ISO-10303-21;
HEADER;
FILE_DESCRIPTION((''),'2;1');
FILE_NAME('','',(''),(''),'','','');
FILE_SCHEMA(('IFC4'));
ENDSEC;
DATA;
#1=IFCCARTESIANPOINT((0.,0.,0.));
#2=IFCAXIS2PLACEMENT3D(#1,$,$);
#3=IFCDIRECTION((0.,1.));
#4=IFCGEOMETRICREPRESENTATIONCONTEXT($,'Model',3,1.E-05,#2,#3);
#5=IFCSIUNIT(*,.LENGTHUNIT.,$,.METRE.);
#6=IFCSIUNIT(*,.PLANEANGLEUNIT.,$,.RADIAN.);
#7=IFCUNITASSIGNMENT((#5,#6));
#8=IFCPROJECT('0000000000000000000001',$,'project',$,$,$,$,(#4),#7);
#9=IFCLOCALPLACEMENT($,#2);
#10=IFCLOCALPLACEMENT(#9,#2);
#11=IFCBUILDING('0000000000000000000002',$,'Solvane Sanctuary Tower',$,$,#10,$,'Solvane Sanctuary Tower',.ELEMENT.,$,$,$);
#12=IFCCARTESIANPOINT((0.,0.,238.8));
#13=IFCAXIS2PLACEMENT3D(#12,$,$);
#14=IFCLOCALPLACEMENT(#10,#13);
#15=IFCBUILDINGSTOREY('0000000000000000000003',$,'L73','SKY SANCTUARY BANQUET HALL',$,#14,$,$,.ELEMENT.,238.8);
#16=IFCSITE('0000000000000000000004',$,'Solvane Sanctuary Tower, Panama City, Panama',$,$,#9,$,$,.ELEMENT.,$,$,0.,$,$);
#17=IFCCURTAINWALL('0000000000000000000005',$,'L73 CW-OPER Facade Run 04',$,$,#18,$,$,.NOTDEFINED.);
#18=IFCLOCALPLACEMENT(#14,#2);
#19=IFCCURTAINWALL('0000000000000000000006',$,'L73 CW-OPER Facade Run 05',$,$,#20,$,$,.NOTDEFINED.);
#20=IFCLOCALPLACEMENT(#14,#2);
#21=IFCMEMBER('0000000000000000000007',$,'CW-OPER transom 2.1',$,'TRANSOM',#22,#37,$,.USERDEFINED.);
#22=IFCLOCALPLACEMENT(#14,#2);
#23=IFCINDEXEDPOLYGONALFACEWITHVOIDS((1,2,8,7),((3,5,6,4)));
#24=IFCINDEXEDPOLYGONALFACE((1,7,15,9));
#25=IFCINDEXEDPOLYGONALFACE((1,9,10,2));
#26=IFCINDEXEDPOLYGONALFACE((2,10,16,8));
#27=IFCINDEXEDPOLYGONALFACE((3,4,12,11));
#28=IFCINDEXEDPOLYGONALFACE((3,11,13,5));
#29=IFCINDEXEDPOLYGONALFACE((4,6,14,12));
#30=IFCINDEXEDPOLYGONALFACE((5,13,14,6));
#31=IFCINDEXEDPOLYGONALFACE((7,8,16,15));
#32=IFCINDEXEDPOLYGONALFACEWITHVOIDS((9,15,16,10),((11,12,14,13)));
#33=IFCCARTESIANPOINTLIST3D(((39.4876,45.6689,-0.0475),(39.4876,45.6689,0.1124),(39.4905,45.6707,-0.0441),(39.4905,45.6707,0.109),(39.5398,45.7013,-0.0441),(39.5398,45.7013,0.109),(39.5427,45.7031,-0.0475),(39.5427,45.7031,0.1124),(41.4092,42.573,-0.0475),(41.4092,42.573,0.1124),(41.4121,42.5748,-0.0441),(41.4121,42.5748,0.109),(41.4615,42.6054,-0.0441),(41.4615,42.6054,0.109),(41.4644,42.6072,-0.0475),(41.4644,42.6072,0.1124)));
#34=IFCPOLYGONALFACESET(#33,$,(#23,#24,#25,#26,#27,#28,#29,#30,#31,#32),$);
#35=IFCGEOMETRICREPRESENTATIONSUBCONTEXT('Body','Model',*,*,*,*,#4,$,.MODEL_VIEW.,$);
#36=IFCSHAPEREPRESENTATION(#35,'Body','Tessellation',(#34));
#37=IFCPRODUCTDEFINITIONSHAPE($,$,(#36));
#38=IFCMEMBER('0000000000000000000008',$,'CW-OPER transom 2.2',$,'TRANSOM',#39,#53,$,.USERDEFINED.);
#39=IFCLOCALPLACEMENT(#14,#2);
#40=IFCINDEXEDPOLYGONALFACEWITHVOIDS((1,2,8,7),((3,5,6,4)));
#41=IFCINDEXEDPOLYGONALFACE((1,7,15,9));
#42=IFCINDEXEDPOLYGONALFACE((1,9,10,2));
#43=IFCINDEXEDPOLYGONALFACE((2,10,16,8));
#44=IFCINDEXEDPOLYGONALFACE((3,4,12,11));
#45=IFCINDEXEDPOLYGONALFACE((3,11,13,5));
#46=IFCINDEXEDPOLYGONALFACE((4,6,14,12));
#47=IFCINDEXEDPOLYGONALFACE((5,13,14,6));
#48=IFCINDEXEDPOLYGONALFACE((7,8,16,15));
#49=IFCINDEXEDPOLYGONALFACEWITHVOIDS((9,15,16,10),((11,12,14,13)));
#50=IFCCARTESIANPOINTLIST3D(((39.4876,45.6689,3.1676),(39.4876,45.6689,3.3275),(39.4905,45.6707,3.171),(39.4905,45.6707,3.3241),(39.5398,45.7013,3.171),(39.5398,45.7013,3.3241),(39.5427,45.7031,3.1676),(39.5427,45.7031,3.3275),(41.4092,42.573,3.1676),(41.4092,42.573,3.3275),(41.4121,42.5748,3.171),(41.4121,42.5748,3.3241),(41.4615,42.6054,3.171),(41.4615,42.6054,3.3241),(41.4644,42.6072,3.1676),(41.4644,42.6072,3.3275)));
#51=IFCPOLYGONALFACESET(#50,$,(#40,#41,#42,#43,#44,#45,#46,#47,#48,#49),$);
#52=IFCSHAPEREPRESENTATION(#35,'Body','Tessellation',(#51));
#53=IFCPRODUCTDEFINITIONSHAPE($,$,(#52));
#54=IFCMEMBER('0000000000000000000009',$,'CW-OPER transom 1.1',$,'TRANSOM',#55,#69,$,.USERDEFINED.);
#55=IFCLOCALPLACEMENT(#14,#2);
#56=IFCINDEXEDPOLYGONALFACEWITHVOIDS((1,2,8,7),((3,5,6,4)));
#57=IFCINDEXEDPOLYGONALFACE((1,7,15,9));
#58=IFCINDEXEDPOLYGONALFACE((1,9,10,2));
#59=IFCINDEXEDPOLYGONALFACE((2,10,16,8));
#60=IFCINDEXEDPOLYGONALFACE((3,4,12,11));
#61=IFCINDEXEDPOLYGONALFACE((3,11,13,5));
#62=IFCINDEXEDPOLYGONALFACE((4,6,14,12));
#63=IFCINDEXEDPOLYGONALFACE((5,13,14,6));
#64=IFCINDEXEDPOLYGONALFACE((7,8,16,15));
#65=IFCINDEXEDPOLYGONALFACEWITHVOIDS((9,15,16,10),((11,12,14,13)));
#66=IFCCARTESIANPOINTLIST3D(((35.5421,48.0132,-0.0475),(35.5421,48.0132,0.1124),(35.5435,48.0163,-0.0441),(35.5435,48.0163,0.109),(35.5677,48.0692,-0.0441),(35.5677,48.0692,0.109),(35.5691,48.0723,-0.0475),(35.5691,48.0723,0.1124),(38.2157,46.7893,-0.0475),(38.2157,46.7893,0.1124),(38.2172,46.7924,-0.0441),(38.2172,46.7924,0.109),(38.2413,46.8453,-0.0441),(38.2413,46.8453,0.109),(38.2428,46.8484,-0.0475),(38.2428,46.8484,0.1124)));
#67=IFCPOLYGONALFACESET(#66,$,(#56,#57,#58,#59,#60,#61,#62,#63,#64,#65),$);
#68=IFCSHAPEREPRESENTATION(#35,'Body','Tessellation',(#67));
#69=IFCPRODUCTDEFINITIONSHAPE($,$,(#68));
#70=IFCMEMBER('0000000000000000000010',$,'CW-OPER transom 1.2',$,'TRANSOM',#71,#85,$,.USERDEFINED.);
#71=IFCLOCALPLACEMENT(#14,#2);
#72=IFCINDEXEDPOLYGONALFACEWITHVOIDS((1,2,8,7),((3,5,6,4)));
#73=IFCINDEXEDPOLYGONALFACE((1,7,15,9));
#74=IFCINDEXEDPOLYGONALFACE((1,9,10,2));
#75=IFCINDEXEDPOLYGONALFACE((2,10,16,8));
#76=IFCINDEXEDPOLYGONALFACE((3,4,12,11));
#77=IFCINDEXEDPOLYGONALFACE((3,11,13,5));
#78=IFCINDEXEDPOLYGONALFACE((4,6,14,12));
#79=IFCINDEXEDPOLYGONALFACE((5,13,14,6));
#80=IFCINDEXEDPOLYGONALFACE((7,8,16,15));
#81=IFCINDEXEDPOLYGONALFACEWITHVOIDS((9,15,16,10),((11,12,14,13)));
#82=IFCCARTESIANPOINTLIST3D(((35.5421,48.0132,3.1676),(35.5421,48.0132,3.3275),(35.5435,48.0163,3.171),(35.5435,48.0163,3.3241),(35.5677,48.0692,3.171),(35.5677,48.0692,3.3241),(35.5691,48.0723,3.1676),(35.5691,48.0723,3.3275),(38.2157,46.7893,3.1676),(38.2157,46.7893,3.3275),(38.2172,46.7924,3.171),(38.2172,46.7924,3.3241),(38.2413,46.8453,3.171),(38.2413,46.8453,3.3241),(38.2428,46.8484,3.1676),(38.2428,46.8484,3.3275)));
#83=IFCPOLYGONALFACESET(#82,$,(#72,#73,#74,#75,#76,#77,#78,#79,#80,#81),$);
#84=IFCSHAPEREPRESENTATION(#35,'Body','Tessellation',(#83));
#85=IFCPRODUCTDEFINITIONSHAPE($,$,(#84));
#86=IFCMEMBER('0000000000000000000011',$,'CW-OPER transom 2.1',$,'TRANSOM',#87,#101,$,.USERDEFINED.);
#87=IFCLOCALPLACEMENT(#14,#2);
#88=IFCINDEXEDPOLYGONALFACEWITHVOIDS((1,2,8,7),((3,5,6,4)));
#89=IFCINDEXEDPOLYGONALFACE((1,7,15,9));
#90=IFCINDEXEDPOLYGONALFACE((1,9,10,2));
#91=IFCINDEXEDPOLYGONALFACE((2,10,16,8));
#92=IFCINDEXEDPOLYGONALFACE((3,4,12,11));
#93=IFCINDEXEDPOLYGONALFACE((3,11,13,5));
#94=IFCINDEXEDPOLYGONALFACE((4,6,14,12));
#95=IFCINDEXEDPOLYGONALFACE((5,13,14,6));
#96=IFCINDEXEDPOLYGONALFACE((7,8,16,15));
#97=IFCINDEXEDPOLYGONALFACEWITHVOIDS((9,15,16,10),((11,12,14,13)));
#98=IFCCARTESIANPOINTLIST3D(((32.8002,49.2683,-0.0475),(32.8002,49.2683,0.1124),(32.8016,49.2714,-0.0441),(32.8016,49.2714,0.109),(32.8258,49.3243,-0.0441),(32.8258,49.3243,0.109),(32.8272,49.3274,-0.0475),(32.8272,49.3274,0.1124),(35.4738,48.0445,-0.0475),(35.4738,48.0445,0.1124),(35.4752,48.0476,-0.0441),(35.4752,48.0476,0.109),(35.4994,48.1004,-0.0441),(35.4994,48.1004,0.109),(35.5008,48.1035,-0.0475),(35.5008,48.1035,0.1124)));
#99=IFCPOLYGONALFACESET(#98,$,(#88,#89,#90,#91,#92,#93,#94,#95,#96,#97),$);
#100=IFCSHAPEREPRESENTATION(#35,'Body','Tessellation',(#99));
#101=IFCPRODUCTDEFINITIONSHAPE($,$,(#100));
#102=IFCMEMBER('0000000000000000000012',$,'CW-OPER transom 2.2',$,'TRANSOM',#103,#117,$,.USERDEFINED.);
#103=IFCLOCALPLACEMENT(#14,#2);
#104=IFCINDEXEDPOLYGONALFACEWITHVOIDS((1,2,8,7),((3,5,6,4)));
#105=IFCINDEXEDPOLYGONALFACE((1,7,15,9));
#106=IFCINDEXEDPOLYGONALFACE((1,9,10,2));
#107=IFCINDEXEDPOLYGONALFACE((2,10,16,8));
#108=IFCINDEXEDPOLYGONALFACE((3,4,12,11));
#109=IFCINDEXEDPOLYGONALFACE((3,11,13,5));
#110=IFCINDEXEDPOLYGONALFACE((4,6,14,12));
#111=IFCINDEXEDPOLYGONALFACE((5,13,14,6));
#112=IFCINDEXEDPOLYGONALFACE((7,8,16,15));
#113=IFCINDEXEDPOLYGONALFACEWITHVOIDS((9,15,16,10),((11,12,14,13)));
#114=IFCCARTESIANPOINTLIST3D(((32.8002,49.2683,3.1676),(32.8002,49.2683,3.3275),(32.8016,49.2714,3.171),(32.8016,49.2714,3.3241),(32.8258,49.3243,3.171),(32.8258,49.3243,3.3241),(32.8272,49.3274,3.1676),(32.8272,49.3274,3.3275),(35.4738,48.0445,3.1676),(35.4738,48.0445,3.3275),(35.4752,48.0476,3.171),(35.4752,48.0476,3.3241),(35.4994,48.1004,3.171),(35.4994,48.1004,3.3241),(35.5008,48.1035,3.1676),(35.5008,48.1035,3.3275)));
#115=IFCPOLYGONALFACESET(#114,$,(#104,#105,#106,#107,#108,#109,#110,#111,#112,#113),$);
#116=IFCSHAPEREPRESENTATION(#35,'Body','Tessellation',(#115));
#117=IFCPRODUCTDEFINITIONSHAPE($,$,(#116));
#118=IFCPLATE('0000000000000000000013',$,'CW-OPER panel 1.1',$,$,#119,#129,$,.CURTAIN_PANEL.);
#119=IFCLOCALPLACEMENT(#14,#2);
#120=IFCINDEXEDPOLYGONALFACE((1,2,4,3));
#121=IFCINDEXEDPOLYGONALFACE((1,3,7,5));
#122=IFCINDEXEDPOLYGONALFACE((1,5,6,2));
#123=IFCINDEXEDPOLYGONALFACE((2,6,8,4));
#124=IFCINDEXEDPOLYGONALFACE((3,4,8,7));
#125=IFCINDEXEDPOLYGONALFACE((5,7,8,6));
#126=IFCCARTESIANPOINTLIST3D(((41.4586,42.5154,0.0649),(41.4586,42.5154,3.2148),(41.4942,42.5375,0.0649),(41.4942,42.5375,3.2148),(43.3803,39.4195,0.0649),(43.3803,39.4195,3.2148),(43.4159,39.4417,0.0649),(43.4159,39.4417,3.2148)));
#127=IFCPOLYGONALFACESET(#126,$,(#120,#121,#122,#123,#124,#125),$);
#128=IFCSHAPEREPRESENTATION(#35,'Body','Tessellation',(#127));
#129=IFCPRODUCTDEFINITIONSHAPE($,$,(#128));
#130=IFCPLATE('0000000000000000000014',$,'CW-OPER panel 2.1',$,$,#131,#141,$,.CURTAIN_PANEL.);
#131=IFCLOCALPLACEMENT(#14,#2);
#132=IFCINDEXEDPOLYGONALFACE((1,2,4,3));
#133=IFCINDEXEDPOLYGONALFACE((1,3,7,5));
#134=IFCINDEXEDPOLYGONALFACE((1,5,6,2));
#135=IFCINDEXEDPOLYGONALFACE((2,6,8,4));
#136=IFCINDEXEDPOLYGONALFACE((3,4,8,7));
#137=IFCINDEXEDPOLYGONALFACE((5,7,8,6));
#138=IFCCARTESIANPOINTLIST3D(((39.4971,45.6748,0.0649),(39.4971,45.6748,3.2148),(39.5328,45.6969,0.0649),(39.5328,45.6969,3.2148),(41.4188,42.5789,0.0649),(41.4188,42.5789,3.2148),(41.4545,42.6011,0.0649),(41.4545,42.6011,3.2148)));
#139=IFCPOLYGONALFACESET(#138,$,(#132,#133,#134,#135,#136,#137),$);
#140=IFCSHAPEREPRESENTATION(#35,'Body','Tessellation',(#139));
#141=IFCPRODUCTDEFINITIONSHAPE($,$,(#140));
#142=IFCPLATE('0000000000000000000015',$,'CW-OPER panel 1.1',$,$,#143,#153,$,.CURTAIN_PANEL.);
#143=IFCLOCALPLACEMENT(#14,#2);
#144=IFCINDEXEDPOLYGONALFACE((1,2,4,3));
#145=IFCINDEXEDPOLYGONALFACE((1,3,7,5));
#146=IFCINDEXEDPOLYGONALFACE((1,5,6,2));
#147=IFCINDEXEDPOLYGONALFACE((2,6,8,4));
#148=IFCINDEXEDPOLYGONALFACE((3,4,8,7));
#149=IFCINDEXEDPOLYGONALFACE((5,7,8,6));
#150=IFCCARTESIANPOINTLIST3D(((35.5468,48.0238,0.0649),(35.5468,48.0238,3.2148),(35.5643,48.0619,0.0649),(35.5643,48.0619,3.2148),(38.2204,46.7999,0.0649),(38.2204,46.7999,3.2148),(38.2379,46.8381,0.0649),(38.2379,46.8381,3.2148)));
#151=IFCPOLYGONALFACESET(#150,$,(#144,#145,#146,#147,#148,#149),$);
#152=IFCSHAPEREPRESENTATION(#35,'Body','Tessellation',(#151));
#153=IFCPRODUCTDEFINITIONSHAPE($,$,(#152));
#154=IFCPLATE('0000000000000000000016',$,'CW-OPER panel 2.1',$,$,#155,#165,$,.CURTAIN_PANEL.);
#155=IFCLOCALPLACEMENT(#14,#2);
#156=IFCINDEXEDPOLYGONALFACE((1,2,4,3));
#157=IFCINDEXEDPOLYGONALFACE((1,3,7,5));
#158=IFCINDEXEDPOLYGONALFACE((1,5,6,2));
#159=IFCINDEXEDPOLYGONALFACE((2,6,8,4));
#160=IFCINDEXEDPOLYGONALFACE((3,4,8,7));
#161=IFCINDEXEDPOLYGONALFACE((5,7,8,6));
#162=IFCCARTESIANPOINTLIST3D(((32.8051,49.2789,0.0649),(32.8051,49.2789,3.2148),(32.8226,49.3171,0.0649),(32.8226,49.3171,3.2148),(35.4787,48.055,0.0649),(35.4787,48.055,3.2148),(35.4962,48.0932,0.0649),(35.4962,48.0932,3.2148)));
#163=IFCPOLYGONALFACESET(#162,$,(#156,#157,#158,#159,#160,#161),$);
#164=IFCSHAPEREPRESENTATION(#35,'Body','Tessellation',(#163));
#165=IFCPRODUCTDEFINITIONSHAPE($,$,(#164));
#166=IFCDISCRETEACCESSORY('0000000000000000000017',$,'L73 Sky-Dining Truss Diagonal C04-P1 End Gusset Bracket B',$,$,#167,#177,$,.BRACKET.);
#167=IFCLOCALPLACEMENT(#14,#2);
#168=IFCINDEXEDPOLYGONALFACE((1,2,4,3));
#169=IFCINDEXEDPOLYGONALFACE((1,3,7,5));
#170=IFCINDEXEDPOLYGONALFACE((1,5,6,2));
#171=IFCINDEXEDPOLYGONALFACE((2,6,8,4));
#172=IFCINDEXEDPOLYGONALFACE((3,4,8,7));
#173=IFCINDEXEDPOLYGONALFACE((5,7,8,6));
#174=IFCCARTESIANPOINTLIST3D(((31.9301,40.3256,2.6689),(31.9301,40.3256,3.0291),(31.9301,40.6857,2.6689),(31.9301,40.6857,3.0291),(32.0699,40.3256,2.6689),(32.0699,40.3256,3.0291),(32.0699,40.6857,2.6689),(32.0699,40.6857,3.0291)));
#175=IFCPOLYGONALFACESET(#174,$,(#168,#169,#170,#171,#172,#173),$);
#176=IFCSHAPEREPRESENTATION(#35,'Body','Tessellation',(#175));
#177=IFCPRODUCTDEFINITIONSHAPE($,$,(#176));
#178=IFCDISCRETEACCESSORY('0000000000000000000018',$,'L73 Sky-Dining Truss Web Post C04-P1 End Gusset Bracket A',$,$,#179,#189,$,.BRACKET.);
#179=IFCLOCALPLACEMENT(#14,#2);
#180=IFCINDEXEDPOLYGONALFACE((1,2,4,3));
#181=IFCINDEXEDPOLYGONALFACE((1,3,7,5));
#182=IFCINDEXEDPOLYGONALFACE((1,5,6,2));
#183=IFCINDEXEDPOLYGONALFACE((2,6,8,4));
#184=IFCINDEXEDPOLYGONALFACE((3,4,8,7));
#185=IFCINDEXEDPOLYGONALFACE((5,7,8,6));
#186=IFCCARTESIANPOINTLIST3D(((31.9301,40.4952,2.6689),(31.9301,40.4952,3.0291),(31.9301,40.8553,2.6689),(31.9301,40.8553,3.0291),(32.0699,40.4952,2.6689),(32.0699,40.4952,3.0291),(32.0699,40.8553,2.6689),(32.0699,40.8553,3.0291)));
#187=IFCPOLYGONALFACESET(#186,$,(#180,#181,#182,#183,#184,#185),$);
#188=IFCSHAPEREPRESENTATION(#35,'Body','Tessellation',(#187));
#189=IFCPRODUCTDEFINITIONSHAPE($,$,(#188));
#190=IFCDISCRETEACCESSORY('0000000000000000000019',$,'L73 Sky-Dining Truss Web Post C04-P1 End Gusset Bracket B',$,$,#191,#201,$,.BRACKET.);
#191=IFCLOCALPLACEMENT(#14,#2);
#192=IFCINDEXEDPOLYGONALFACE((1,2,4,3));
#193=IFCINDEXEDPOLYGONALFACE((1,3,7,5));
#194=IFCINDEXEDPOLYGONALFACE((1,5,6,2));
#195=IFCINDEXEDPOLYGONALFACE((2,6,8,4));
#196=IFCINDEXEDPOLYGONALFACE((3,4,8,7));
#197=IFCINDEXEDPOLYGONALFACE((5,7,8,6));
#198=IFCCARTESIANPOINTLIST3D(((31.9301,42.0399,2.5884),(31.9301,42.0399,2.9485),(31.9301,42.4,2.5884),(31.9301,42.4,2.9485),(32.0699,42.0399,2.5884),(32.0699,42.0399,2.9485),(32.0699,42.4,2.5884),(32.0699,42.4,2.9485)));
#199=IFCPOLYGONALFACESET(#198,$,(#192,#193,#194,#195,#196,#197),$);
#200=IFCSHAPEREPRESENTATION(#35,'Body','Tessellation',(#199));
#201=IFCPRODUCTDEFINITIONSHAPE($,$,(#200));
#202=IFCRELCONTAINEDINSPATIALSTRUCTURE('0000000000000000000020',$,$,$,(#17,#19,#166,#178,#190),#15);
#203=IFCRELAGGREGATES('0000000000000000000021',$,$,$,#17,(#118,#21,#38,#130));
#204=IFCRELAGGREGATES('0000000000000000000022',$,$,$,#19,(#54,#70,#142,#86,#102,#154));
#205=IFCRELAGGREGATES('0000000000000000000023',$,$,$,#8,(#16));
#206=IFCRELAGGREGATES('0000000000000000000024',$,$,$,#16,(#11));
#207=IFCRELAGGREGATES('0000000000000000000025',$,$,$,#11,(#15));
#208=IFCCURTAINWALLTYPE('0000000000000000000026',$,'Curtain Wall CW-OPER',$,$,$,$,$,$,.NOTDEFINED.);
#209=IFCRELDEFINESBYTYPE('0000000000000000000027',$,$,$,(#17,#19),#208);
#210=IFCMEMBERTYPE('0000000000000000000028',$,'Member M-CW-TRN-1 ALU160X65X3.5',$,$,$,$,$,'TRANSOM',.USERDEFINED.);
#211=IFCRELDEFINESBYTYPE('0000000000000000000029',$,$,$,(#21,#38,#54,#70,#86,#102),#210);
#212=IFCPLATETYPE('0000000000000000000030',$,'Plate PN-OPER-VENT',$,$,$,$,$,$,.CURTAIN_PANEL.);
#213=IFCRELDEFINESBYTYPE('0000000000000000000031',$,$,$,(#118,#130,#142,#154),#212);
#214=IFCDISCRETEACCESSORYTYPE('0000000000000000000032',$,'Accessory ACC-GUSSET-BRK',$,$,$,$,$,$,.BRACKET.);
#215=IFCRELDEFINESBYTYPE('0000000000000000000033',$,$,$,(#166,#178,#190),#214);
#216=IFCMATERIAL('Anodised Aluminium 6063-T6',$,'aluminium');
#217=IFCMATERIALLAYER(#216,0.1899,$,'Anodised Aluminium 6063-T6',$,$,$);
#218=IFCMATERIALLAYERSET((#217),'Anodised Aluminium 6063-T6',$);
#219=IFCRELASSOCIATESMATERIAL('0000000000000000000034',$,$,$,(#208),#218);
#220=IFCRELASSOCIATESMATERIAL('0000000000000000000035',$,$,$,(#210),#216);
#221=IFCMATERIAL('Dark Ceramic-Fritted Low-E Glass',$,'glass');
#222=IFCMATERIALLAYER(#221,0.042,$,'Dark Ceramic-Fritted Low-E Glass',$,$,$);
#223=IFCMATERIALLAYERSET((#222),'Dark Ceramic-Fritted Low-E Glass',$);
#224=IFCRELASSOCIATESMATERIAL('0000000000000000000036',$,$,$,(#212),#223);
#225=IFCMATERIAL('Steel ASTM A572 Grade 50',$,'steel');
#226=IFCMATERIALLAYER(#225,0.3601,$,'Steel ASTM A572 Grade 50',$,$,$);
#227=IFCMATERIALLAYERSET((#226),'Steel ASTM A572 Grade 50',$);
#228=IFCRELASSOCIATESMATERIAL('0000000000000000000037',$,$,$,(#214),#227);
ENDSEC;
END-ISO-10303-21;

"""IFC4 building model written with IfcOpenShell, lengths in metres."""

from ifc_helpers import new_model, si_unit, direction, frame, origin, origin_2d, place, context, subcontext, project, spatial, rectangle, hollow_rectangle, extrude, material, layer, layer_set, material_profile, profile_set, type_object, element, aggregate, save


model = new_model("IFC4")

# Units and contexts
model_context = context("Model", 3, precision=1e-05, world=origin(), true_north=direction((0.0, 1.0)))
body_context = subcontext(model_context, "Body", "Model", "MODEL_VIEW")
ifc_project = project(units=[si_unit("LENGTHUNIT", "METRE"), si_unit("PLANEANGLEUNIT", "RADIAN")], contexts=[model_context])

# Site, building, storey
site_placement = place(None, origin())
site = spatial("IfcSite", under=ifc_project, at=site_placement, Name="Solvane Sanctuary Tower, Panama City, Panama", CompositionType="ELEMENT", RefElevation=0.0)
building_placement = place(site_placement, origin())
building = spatial("IfcBuilding", under=site, at=building_placement, Name="Solvane Sanctuary Tower", LongName="Solvane Sanctuary Tower", CompositionType="ELEMENT")
storey_placement = place(building_placement, frame((0.0, 0.0, 238.8)))
storey = spatial("IfcBuildingStorey", under=building, at=storey_placement, Name="L73", Description="SKY SANCTUARY BANQUET HALL", CompositionType="ELEMENT", Elevation=238.8)

# Curtain walls
ifc_material_1 = material(Name="Anodised Aluminium 6063-T6", Category="aluminium")
ifc_layer_1 = layer(ifc_material_1, 0.1899, Name="Anodised Aluminium 6063-T6")
ifc_layer_set_1 = layer_set([ifc_layer_1], Name="Anodised Aluminium 6063-T6")
curtain_wall_type = type_object("IfcCurtainWallType", Name="Curtain Wall CW-OPER", PredefinedType="NOTDEFINED", material=ifc_layer_set_1)
curtain_wall_1_placement = place(storey_placement, origin())
curtain_wall_1 = element("IfcCurtainWall", 1, at=curtain_wall_1_placement, inside=storey, type_object=curtain_wall_type, Name="L73 CW-OPER Facade Run 04", PredefinedType="NOTDEFINED")
curtain_wall_2_placement = place(storey_placement, origin())
curtain_wall_2 = element("IfcCurtainWall", 2, at=curtain_wall_2_placement, inside=storey, type_object=curtain_wall_type, Name="L73 CW-OPER Facade Run 05", PredefinedType="NOTDEFINED")

# Members
ifc_material_profile_1 = material_profile(ifc_material_1, hollow_rectangle(XDim=0.0649, YDim=0.1599, WallThickness=0.0034, at=origin_2d()), Name="ALU160X65X3.5")
ifc_profile_set_1 = profile_set([ifc_material_profile_1], Name="Anodised Aluminium 6063-T6")
member_type_1 = type_object("IfcMemberType", Name="Member M-CW-TRN-1 ALU160X65X3.5", ElementType="TRANSOM", PredefinedType="USERDEFINED", material=ifc_profile_set_1)
member_1_placement = place(storey_placement, frame((41.4368, 42.5901, 0.0325), z_axis=(-0.527365, 0.849639, 0.0), x_axis=(-0.849639, -0.527365, 0.0)))
member_1 = element("IfcMember", 3, at=member_1_placement, type_object=member_type_1, Name="CW-OPER transom 2.1", ObjectType="TRANSOM", PredefinedType="USERDEFINED", context=body_context, shape_type="SweptSolid", body=[
    extrude(hollow_rectangle(XDim=0.0649, YDim=0.1599, WallThickness=0.0034, at=origin_2d()), origin(), (0.0, 0.0, 1.0), 3.6438),
])
member_2_placement = place(storey_placement, frame((41.4368, 42.5901, 3.2476), z_axis=(-0.527365, 0.849639, 0.0), x_axis=(-0.849639, -0.527365, 0.0)))
member_2 = element("IfcMember", 4, at=member_2_placement, type_object=member_type_1, Name="CW-OPER transom 2.2", ObjectType="TRANSOM", PredefinedType="USERDEFINED", context=body_context, shape_type="SweptSolid", body=[
    extrude(hollow_rectangle(XDim=0.0649, YDim=0.1599, WallThickness=0.0034, at=origin_2d()), origin(), (0.0, 0.0, 1.0), 3.6438),
])
member_3_placement = place(storey_placement, frame((38.2292, 46.8188, 0.0325), z_axis=(-0.90926, 0.416229, 0.0), x_axis=(-0.416229, -0.90926, 0.0)))
member_3 = element("IfcMember", 5, at=member_3_placement, type_object=member_type_1, Name="CW-OPER transom 1.1", ObjectType="TRANSOM", PredefinedType="USERDEFINED", context=body_context, shape_type="SweptSolid", body=[
    extrude(hollow_rectangle(XDim=0.0649, YDim=0.1599, WallThickness=0.0034, at=origin_2d()), origin(), (0.0, 0.0, 1.0), 2.9404),
])
member_4_placement = place(storey_placement, frame((38.2292, 46.8188, 3.2476), z_axis=(-0.90926, 0.416229, 0.0), x_axis=(-0.416229, -0.90926, 0.0)))
member_4 = element("IfcMember", 6, at=member_4_placement, type_object=member_type_1, Name="CW-OPER transom 1.2", ObjectType="TRANSOM", PredefinedType="USERDEFINED", context=body_context, shape_type="SweptSolid", body=[
    extrude(hollow_rectangle(XDim=0.0649, YDim=0.1599, WallThickness=0.0034, at=origin_2d()), origin(), (0.0, 0.0, 1.0), 2.9404),
])
member_5_placement = place(storey_placement, frame((35.4873, 48.074, 0.0325), z_axis=(-0.90926, 0.416229, 0.0), x_axis=(-0.416229, -0.90926, 0.0)))
member_5 = element("IfcMember", 7, at=member_5_placement, type_object=member_type_1, Name="CW-OPER transom 2.1", ObjectType="TRANSOM", PredefinedType="USERDEFINED", context=body_context, shape_type="SweptSolid", body=[
    extrude(hollow_rectangle(XDim=0.0649, YDim=0.1599, WallThickness=0.0034, at=origin_2d()), origin(), (0.0, 0.0, 1.0), 2.9404),
])
member_6_placement = place(storey_placement, frame((35.4873, 48.074, 3.2476), z_axis=(-0.90926, 0.416229, 0.0), x_axis=(-0.416229, -0.90926, 0.0)))
member_6 = element("IfcMember", 8, at=member_6_placement, type_object=member_type_1, Name="CW-OPER transom 2.2", ObjectType="TRANSOM", PredefinedType="USERDEFINED", context=body_context, shape_type="SweptSolid", body=[
    extrude(hollow_rectangle(XDim=0.0649, YDim=0.1599, WallThickness=0.0034, at=origin_2d()), origin(), (0.0, 0.0, 1.0), 2.9404),
])

# Plates
ifc_material_2 = material(Name="Dark Ceramic-Fritted Low-E Glass", Category="glass")
ifc_layer_2 = layer(ifc_material_2, 0.042, Name="Dark Ceramic-Fritted Low-E Glass")
ifc_layer_set_2 = layer_set([ifc_layer_2], Name="Dark Ceramic-Fritted Low-E Glass")
plate_type = type_object("IfcPlateType", Name="Plate PN-OPER-VENT", PredefinedType="CURTAIN_PANEL", material=ifc_layer_set_2)
plate_1_placement = place(storey_placement, frame((42.4373, 40.9785, 0.0649), z_axis=(0.0, 0.0, 1.0), x_axis=(-0.527392, 0.849622, 0.0)))
plate_1 = element("IfcPlate", 9, at=plate_1_placement, type_object=plate_type, Name="CW-OPER panel 1.1", PredefinedType="CURTAIN_PANEL", context=body_context, shape_type="SweptSolid", body=[
    extrude(rectangle(XDim=3.6438, YDim=0.042, at=origin_2d()), origin(), (0.0, 0.0, 1.0), 3.1499),
])
plate_2_placement = place(storey_placement, frame((40.4758, 44.1379, 0.0649), z_axis=(0.0, 0.0, 1.0), x_axis=(-0.527392, 0.849622, 0.0)))
plate_2 = element("IfcPlate", 10, at=plate_2_placement, type_object=plate_type, Name="CW-OPER panel 2.1", PredefinedType="CURTAIN_PANEL", context=body_context, shape_type="SweptSolid", body=[
    extrude(rectangle(XDim=3.6438, YDim=0.042, at=origin_2d()), origin(), (0.0, 0.0, 1.0), 3.1499),
])
aggregate(curtain_wall_1, [plate_1, member_1, member_2, plate_2])
plate_3_placement = place(storey_placement, frame((36.8923, 47.4309, 0.0649), z_axis=(0.0, 0.0, 1.0), x_axis=(-0.909262, 0.416225, 0.0)))
plate_3 = element("IfcPlate", 11, at=plate_3_placement, type_object=plate_type, Name="CW-OPER panel 1.1", PredefinedType="CURTAIN_PANEL", context=body_context, shape_type="SweptSolid", body=[
    extrude(rectangle(XDim=2.9404, YDim=0.042, at=origin_2d()), origin(), (0.0, 0.0, 1.0), 3.1499),
])
plate_4_placement = place(storey_placement, frame((34.1506, 48.686, 0.0649), z_axis=(0.0, 0.0, 1.0), x_axis=(-0.909262, 0.416225, 0.0)))
plate_4 = element("IfcPlate", 12, at=plate_4_placement, type_object=plate_type, Name="CW-OPER panel 2.1", PredefinedType="CURTAIN_PANEL", context=body_context, shape_type="SweptSolid", body=[
    extrude(rectangle(XDim=2.9404, YDim=0.042, at=origin_2d()), origin(), (0.0, 0.0, 1.0), 3.1499),
])
aggregate(curtain_wall_2, [member_3, member_4, plate_3, member_5, member_6, plate_4])

# Discrete accessories
ifc_material_3 = material(Name="Steel ASTM A572 Grade 50", Category="steel")
ifc_layer_3 = layer(ifc_material_3, 0.3601, Name="Steel ASTM A572 Grade 50")
ifc_layer_set_3 = layer_set([ifc_layer_3], Name="Steel ASTM A572 Grade 50")
discrete_accessory_type = type_object("IfcDiscreteAccessoryType", Name="Accessory ACC-GUSSET-BRK", PredefinedType="BRACKET", material=ifc_layer_set_3)
for number, where, z_axis, x_axis, name in (
    (13, (32.0, 40.5056, 2.6689), (0.0, 0.0, 1.0), (0.0, 1.0, 0.0), "L73 Sky-Dining Truss Diagonal C04-P1 End Gusset Bracket B"),
    (14, (32.0, 40.6753, 2.6689), (0.0, 0.0, 1.0), (0.0, 1.0, 0.0), "L73 Sky-Dining Truss Web Post C04-P1 End Gusset Bracket A"),
    (15, (32.0, 42.22, 2.5884), (0.0, 0.0, 1.0), (0.0, 1.0, 0.0), "L73 Sky-Dining Truss Web Post C04-P1 End Gusset Bracket B"),
):
    element("IfcDiscreteAccessory", number, at=place(storey_placement, frame(where, z_axis=z_axis, x_axis=x_axis)), inside=storey, type_object=discrete_accessory_type, Name=name, PredefinedType="BRACKET", context=body_context, shape_type="SweptSolid", body=[
        extrude(rectangle(XDim=0.3601, YDim=0.1399, at=origin_2d()), origin(), (0.0, 0.0, 1.0), 0.3601),
    ])

save(model, "model.ifc")
